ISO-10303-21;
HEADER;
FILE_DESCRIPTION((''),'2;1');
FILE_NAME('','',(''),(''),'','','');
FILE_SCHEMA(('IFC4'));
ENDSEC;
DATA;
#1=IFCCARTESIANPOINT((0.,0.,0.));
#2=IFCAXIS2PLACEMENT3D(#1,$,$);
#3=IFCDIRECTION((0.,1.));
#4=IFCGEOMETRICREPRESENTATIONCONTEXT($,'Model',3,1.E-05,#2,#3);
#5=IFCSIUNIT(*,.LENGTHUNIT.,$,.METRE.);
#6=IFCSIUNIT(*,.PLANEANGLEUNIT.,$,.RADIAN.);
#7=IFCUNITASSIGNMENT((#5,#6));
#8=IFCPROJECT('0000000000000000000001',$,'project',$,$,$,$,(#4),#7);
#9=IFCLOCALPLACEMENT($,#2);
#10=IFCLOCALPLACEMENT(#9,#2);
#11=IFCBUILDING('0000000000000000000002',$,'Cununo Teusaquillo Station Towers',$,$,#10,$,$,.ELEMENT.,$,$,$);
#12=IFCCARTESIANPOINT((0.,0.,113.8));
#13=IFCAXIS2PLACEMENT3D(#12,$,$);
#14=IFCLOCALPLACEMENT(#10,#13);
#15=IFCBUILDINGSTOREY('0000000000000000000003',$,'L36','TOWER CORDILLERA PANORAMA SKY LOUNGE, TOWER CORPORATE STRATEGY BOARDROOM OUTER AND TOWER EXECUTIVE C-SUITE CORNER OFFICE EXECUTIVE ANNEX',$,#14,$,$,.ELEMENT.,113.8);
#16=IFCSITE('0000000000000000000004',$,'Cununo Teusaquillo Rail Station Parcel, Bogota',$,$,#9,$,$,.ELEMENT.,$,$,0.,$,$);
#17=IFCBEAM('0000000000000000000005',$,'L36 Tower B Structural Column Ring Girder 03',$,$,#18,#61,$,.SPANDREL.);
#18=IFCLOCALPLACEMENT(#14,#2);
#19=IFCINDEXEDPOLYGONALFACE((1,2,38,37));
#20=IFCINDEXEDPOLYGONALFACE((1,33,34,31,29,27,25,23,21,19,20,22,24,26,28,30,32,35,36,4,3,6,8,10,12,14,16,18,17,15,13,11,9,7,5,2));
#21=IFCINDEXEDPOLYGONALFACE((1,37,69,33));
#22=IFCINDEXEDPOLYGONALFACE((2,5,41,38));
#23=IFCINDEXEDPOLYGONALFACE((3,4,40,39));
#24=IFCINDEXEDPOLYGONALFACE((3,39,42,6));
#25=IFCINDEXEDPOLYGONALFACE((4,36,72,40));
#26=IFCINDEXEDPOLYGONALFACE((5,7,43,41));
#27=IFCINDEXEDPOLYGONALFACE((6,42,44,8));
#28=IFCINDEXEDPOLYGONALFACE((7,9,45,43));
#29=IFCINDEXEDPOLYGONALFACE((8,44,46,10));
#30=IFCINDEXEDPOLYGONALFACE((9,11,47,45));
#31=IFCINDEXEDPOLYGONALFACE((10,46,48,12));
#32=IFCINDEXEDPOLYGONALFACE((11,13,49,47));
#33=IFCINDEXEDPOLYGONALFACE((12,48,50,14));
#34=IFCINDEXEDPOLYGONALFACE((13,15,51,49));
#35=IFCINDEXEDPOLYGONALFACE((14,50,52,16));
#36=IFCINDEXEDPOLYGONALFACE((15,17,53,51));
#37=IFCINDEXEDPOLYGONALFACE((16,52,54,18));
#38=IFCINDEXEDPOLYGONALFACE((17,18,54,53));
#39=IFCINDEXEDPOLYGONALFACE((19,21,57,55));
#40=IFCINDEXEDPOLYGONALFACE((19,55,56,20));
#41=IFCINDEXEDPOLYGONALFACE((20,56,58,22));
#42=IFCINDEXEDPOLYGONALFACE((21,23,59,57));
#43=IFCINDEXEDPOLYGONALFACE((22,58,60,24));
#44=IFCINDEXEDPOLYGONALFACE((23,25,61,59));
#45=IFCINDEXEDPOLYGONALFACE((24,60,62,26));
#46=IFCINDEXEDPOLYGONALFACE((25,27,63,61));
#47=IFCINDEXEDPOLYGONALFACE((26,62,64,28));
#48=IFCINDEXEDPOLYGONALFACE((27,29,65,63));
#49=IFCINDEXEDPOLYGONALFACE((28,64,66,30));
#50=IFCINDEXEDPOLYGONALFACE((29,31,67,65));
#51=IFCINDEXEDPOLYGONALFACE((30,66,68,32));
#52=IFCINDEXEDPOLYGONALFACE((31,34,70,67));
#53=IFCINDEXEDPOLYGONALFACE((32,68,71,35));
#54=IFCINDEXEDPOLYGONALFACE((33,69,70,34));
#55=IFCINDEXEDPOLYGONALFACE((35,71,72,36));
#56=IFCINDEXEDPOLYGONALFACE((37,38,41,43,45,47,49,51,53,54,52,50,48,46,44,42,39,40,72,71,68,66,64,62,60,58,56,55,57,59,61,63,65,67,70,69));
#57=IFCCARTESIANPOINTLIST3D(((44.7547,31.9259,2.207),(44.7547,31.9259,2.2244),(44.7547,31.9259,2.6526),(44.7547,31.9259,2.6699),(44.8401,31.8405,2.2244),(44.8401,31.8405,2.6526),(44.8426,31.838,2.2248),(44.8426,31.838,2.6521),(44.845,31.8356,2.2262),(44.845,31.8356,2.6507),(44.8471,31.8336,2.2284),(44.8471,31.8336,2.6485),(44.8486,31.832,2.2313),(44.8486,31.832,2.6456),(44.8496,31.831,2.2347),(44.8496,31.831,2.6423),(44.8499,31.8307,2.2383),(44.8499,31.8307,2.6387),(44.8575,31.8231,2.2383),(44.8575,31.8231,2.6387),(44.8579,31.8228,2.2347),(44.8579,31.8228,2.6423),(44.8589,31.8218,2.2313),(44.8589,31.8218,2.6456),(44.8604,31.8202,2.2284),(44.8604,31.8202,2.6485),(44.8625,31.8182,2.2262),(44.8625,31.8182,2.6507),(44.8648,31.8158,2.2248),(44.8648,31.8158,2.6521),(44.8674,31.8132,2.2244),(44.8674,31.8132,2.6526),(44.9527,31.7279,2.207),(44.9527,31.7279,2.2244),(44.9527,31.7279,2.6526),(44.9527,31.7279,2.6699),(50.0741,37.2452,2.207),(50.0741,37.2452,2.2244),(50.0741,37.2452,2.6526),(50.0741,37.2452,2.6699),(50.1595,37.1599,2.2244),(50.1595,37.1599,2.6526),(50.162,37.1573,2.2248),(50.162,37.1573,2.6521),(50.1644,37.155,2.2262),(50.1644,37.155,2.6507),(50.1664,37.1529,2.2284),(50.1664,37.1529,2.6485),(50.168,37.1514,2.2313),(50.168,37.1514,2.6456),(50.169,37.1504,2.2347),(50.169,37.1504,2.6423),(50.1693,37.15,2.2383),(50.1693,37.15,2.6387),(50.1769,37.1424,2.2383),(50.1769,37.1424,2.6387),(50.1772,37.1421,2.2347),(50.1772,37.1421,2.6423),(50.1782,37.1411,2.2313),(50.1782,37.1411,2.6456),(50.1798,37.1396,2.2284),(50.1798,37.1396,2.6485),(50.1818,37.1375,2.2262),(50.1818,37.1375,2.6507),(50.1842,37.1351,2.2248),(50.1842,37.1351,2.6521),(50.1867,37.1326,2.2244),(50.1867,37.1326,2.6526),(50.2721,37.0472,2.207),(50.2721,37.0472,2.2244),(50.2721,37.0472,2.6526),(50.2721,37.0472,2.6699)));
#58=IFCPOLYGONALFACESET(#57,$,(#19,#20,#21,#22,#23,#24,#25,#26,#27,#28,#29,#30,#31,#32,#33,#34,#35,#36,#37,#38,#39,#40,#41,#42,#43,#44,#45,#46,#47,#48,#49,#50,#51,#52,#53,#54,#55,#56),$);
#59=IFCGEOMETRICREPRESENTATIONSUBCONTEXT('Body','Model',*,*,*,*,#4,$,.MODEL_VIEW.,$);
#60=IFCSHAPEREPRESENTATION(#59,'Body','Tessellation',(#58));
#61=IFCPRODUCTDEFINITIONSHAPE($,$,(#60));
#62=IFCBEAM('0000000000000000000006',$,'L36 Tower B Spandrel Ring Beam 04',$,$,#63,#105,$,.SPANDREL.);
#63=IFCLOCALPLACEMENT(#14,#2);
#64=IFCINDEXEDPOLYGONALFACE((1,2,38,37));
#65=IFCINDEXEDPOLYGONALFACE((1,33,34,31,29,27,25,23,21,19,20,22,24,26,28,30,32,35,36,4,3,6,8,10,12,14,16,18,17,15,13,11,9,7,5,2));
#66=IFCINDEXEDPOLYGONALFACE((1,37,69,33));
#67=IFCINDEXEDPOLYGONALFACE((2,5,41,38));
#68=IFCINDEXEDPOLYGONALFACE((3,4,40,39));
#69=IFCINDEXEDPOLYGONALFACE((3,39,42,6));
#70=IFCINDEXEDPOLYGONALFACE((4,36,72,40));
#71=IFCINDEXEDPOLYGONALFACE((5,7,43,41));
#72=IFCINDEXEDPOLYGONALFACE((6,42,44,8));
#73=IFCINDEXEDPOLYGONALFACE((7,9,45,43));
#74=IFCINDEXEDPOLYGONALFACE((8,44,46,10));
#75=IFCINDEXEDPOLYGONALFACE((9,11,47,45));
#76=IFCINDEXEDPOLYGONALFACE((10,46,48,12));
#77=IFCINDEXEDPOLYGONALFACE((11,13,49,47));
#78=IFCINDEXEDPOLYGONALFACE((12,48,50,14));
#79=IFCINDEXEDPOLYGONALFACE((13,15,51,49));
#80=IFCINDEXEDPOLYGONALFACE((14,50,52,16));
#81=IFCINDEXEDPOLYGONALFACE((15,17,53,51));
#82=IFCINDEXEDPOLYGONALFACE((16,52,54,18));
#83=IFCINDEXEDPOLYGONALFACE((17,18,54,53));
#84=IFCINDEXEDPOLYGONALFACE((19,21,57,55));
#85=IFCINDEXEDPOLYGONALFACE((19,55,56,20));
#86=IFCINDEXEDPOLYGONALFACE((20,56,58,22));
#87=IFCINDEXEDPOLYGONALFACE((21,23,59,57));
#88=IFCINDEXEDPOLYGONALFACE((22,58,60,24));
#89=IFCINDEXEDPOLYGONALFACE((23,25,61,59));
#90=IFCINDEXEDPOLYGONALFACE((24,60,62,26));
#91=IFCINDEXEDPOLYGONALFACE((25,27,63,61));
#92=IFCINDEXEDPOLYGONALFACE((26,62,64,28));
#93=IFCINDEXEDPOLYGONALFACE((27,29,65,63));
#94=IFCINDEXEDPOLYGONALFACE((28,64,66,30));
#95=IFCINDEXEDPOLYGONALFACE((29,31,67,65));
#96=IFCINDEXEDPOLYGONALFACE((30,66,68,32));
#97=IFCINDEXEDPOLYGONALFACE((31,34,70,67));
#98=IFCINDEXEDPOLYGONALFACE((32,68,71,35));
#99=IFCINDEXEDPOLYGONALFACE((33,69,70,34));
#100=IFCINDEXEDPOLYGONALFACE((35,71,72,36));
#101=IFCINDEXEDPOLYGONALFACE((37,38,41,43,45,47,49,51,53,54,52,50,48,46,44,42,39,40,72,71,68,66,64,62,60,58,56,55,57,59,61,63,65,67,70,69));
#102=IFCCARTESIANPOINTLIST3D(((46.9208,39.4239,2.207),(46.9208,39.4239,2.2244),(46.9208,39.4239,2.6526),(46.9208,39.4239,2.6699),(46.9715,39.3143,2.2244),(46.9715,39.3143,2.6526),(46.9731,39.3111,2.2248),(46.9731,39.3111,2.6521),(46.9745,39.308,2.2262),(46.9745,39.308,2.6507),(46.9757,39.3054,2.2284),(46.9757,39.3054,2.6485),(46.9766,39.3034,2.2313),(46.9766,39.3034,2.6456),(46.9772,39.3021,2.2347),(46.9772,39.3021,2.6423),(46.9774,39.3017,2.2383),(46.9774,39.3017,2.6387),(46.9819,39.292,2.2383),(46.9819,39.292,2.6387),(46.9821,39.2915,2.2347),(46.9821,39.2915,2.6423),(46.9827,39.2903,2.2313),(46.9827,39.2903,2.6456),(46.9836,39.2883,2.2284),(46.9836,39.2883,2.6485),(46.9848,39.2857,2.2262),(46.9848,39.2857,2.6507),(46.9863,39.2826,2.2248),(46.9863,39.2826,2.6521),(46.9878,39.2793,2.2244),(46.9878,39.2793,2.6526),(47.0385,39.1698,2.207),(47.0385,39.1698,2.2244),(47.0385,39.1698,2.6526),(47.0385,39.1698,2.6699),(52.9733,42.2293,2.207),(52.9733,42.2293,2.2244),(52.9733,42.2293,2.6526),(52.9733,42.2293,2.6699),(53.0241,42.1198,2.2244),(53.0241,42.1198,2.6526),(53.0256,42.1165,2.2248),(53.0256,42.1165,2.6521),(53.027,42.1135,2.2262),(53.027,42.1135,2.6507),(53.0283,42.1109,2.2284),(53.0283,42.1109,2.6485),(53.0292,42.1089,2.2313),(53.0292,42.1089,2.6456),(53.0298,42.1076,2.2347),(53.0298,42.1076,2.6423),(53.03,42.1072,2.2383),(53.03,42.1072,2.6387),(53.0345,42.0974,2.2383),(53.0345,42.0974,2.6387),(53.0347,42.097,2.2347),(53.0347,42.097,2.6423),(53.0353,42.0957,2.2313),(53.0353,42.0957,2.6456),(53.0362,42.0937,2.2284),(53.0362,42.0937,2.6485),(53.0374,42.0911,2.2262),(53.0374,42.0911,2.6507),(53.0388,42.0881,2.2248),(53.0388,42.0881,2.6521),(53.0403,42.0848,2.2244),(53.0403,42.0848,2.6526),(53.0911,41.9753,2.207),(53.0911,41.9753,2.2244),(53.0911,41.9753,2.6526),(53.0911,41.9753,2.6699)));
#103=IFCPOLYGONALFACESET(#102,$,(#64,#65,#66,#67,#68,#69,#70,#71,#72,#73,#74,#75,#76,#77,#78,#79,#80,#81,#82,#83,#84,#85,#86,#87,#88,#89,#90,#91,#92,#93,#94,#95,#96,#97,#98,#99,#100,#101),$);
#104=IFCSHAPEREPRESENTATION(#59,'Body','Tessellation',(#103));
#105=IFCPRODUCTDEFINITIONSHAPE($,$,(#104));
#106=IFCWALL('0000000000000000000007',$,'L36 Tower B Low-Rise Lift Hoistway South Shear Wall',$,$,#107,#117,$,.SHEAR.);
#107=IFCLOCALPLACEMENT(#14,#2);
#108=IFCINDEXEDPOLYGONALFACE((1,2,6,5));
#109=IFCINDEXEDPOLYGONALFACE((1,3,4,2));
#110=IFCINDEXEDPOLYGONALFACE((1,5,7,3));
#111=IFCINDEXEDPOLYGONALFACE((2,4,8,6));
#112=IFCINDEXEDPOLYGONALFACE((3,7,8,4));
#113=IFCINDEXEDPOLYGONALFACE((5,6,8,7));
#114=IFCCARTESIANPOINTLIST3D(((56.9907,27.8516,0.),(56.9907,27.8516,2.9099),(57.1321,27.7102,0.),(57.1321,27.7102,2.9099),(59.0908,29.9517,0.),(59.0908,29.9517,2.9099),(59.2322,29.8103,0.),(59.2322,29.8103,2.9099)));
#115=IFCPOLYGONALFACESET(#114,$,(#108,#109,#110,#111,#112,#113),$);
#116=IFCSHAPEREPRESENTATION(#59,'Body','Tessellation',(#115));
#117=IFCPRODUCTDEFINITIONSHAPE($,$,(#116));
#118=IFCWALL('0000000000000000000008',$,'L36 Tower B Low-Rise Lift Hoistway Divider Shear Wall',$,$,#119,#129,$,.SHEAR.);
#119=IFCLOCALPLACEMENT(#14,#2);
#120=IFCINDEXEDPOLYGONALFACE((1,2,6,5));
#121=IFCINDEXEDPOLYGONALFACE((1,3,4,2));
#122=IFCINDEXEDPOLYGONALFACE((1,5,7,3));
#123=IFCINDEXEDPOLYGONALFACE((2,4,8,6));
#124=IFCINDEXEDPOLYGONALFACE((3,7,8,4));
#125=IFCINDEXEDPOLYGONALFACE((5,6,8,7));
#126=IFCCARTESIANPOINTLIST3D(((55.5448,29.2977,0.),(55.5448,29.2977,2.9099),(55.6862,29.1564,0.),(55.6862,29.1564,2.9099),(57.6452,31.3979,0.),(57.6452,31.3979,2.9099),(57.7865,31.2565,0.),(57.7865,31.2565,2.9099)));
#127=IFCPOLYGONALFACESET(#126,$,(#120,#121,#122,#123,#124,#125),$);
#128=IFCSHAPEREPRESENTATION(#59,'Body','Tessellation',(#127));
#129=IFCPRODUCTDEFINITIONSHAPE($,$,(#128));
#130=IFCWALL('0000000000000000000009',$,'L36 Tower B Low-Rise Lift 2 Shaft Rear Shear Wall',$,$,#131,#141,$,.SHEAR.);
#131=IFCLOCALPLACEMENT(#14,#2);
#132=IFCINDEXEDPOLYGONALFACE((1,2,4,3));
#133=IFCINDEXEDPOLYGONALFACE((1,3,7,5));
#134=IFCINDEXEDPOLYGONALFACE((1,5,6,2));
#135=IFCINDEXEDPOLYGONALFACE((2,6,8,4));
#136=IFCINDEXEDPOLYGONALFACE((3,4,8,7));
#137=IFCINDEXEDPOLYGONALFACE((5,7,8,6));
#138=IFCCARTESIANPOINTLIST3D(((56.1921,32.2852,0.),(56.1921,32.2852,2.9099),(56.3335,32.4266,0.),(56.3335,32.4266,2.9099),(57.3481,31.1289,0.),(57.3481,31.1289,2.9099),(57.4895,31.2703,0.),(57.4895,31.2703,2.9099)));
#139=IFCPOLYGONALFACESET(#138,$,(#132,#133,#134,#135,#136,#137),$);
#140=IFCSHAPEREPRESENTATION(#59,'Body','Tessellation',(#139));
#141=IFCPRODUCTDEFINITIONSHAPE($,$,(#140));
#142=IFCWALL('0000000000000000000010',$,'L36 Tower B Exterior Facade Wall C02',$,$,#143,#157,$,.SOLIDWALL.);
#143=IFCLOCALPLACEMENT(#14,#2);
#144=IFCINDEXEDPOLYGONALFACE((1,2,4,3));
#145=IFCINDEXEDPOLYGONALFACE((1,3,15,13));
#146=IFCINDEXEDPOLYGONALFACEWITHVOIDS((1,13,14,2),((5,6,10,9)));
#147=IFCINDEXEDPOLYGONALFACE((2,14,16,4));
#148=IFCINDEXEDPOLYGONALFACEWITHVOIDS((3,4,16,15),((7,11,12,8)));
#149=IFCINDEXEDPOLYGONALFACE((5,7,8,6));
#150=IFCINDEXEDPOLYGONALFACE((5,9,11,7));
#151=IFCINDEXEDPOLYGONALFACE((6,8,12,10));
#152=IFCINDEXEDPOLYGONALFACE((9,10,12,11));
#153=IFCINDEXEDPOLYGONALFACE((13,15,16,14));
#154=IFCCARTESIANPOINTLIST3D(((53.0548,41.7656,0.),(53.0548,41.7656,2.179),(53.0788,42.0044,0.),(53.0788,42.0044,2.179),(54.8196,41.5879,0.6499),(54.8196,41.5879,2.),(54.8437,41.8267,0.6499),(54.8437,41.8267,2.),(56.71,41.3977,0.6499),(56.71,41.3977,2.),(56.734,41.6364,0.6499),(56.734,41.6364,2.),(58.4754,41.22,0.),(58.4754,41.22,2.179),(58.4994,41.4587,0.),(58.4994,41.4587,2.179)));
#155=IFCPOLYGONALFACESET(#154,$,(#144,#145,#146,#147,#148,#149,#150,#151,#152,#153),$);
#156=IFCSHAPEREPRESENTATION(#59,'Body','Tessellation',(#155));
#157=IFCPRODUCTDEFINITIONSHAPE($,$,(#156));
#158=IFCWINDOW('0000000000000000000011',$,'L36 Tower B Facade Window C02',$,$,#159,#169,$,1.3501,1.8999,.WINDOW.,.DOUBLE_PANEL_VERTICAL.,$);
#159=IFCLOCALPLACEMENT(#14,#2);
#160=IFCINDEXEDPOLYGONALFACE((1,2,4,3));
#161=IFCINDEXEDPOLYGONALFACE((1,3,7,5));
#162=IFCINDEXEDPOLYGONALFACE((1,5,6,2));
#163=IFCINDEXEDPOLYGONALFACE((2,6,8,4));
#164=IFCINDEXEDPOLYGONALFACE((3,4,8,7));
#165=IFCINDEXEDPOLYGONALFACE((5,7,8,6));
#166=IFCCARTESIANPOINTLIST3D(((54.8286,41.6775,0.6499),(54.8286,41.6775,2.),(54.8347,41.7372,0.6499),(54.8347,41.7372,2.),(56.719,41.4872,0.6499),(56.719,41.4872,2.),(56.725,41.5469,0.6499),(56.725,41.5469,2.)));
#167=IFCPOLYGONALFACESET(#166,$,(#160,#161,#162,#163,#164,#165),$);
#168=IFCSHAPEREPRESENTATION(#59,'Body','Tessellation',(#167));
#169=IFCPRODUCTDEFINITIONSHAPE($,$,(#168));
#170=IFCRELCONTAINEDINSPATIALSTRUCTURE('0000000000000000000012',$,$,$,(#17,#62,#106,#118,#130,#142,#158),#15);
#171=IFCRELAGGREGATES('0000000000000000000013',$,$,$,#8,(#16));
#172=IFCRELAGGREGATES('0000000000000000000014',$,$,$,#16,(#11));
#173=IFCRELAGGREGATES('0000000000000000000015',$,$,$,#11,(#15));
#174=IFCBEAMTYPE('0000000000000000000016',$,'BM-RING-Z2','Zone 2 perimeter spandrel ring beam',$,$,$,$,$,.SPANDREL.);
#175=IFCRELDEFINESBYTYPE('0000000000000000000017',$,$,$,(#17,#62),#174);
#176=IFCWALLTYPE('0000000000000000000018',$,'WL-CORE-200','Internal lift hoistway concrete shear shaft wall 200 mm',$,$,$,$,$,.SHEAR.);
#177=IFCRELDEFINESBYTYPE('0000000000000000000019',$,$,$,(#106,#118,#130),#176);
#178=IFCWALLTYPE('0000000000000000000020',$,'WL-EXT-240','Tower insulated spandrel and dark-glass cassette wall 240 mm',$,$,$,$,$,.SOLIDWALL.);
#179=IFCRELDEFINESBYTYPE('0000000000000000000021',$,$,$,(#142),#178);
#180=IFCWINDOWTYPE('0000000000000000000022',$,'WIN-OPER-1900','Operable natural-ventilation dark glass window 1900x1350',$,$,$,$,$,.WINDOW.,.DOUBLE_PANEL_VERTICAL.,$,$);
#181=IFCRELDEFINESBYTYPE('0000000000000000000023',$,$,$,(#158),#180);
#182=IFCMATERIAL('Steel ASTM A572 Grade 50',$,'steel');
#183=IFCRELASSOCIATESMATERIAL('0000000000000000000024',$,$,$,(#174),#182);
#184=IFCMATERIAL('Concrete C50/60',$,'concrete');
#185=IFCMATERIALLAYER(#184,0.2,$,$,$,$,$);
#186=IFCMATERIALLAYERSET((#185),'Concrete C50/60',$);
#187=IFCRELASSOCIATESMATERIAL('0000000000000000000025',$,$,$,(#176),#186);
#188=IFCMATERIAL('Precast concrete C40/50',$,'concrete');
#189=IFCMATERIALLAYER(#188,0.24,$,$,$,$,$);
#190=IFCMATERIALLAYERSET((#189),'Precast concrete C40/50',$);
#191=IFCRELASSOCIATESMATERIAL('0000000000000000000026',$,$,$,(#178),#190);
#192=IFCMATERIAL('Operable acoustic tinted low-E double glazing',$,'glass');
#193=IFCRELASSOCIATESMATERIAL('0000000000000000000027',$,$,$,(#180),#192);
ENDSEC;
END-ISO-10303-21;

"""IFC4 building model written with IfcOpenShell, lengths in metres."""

from ifc_helpers import new_model, si_unit, direction, frame, frame_2d, origin, origin_2d, place, context, subcontext, project, spatial, rectangle, i_section, extrude, source, transform, mapped, material, layer, layer_set, material_profile, profile_set, type_object, element, fill, save


model = new_model("IFC4")

# Units and contexts
model_context = context("Model", 3, precision=1e-05, world=origin(), true_north=direction((0.0, 1.0)))
body_context = subcontext(model_context, "Body", "Model", "MODEL_VIEW")
ifc_project = project(units=[si_unit("LENGTHUNIT", "METRE"), si_unit("PLANEANGLEUNIT", "RADIAN")], contexts=[model_context])

# Site, building, storey
site_placement = place(None, origin())
site = spatial("IfcSite", under=ifc_project, at=site_placement, Name="Cununo Teusaquillo Rail Station Parcel, Bogota", CompositionType="ELEMENT", RefElevation=0.0)
building_placement = place(site_placement, origin())
building = spatial("IfcBuilding", under=site, at=building_placement, Name="Cununo Teusaquillo Station Towers", CompositionType="ELEMENT")
storey_placement = place(building_placement, frame((0.0, 0.0, 113.8)))
storey = spatial("IfcBuildingStorey", under=building, at=storey_placement, Name="L36", Description="TOWER CORDILLERA PANORAMA SKY LOUNGE, TOWER CORPORATE STRATEGY BOARDROOM OUTER AND TOWER EXECUTIVE C-SUITE CORNER OFFICE EXECUTIVE ANNEX", CompositionType="ELEMENT", Elevation=113.8)

# Beams
ifc_material_1 = material(Name="Steel ASTM A572 Grade 50", Category="steel")
ifc_material_profile_1 = material_profile(ifc_material_1, i_section(OverallWidth=0.28, OverallDepth=0.4629, WebThickness=0.0107, FlangeThickness=0.0173, FilletRadius=0.0139, at=origin_2d()), Name="W18X76")
ifc_profile_set_1 = profile_set([ifc_material_profile_1], Name="Steel ASTM A572 Grade 50")
beam_type_1 = type_object("IfcBeamType", Name="BM-RING-Z2", Description="Zone 2 perimeter spandrel ring beam", PredefinedType="SPANDREL", material=ifc_profile_set_1)
beam_1_placement = place(storey_placement, frame((50.1731, 37.1462, 2.4385), z_axis=(-0.707107, -0.707107, 0.0), x_axis=(0.707107, -0.707107, 0.0)))
element("IfcBeam", 1, at=beam_1_placement, inside=storey, type_object=beam_type_1, Name="L36 Tower B Structural Column Ring Girder 03", PredefinedType="SPANDREL", context=body_context, shape_type="SweptSolid", body=[
    extrude(i_section(OverallWidth=0.28, OverallDepth=0.4629, WebThickness=0.0107, FlangeThickness=0.0173, FilletRadius=0.0139, at=origin_2d()), origin(), (0.0, 0.0, 1.0), 7.5227),
])
beam_2_placement = place(storey_placement, frame((53.0322, 42.1023, 2.4385), z_axis=(-0.907276, -0.420536, 0.0), x_axis=(0.420536, -0.907276, 0.0)))
element("IfcBeam", 2, at=beam_2_placement, inside=storey, type_object=beam_type_1, Name="L36 Tower B Spandrel Ring Beam 04", PredefinedType="SPANDREL", context=body_context, shape_type="SweptSolid", body=[
    extrude(i_section(OverallWidth=0.28, OverallDepth=0.4629, WebThickness=0.0107, FlangeThickness=0.0173, FilletRadius=0.0139, at=origin_2d()), origin(), (0.0, 0.0, 1.0), 6.6711),
])

# Walls
ifc_material_2 = material(Name="Concrete C50/60", Category="concrete")
ifc_layer_1 = layer(ifc_material_2, 0.2)
ifc_layer_set_1 = layer_set([ifc_layer_1], Name="Concrete C50/60")
wall_type_1 = type_object("IfcWallType", Name="WL-CORE-200", Description="Internal lift hoistway concrete shear shaft wall 200 mm", PredefinedType="SHEAR", material=ifc_layer_set_1)
wall_1_placement = place(storey_placement, frame((57.0615, 27.781, 0.0), z_axis=(0.0, 0.0, 1.0), x_axis=(0.707107, 0.707107, 0.0)))
element("IfcWall", 3, at=wall_1_placement, inside=storey, type_object=wall_type_1, Name="L36 Tower B Low-Rise Lift Hoistway South Shear Wall", PredefinedType="SHEAR", context=body_context, shape_type="SweptSolid", body=[
    extrude(rectangle(XDim=2.97, YDim=0.2, at=frame_2d((1.4849, 0.0))), origin(), (0.0, 0.0, 1.0), 2.9099),
])
wall_2_placement = place(storey_placement, frame((55.6155, 29.2271, 0.0), z_axis=(0.0, 0.0, 1.0), x_axis=(0.707148, 0.707066, 0.0)))
element("IfcWall", 4, at=wall_2_placement, inside=storey, type_object=wall_type_1, Name="L36 Tower B Low-Rise Lift Hoistway Divider Shear Wall", PredefinedType="SHEAR", context=body_context, shape_type="SweptSolid", body=[
    extrude(rectangle(XDim=2.9702, YDim=0.2, at=frame_2d((1.4851, 0.0))), origin(), (0.0, 0.0, 1.0), 2.9099),
])
wall_3_placement = place(storey_placement, frame((57.4187, 31.1997, 0.0), z_axis=(0.0, 0.0, 1.0), x_axis=(-0.707032, 0.707181, 0.0)))
element("IfcWall", 5, at=wall_3_placement, inside=storey, type_object=wall_type_1, Name="L36 Tower B Low-Rise Lift 2 Shaft Rear Shear Wall", PredefinedType="SHEAR", context=body_context, shape_type="SweptSolid", body=[
    extrude(rectangle(XDim=1.635, YDim=0.2, at=frame_2d((0.8174, 0.0))), origin(), (0.0, 0.0, 1.0), 2.9099),
])

# Wall, opening, window
ifc_material_3 = material(Name="Precast concrete C40/50", Category="concrete")
ifc_layer_2 = layer(ifc_material_3, 0.24)
ifc_layer_set_2 = layer_set([ifc_layer_2], Name="Precast concrete C40/50")
wall_type_2 = type_object("IfcWallType", Name="WL-EXT-240", Description="Tower insulated spandrel and dark-glass cassette wall 240 mm", PredefinedType="SOLIDWALL", material=ifc_layer_set_2)
wall_4_placement = place(storey_placement, frame((53.0667, 41.885, 0.0), z_axis=(0.0, 0.0, 1.0), x_axis=(0.994972, -0.100156, 0.0)))
wall_4 = element("IfcWall", 6, at=wall_4_placement, inside=storey, type_object=wall_type_2, Name="L36 Tower B Exterior Facade Wall C02", PredefinedType="SOLIDWALL", context=body_context, shape_type="SweptSolid", body=[
    extrude(rectangle(XDim=5.448, YDim=0.24, at=frame_2d((2.7241, 0.0))), origin(), (0.0, 0.0, 1.0), 2.179),
])
shared_shape_1 = source(origin(), body_context, "Body", "SweptSolid", [
    extrude(rectangle(XDim=1.8999, YDim=1.3501, at=frame_2d((0.95, 0.675))), frame((0.0, 0.1299, 0.0), z_axis=(0.0, -1.0, 0.0), x_axis=(1.0, 0.0, 0.0)), (0.0, 0.0, 1.0), 0.26),
])
opening_1_placement = place(wall_4_placement, frame((1.7739, 0.0, 0.6499)))
opening_1 = element("IfcOpeningElement", 7, at=opening_1_placement, cuts=wall_4, PredefinedType="OPENING", context=body_context, shape_type="MappedRepresentation", body=[
    mapped(shared_shape_1, transform((0.0, 0.0, 0.0), x_axis=(1.0, 0.0, 0.0), y_axis=(0.0, 1.0, 0.0), z_axis=(0.0, 0.0, 1.0), scale=1.0)),
])
ifc_material_4 = material(Name="Operable acoustic tinted low-E double glazing", Category="glass")
window_type = type_object("IfcWindowType", Name="WIN-OPER-1900", Description="Operable natural-ventilation dark glass window 1900x1350", PartitioningType="DOUBLE_PANEL_VERTICAL", PredefinedType="WINDOW", material=ifc_material_4)
shared_shape_2 = source(origin(), body_context, "Body", "SweptSolid", [
    extrude(rectangle(XDim=1.8999, YDim=1.3501, at=frame_2d((0.95, 0.675))), frame((0.0, 0.03, 0.0), z_axis=(0.0, -1.0, 0.0), x_axis=(1.0, 0.0, 0.0)), (0.0, 0.0, 1.0), 0.0601),
])
window_placement = place(opening_1_placement, origin())
window = element("IfcWindow", 8, at=window_placement, inside=storey, type_object=window_type, Name="L36 Tower B Facade Window C02", OverallHeight=1.3501, OverallWidth=1.8999, PartitioningType="DOUBLE_PANEL_VERTICAL", PredefinedType="WINDOW", context=body_context, shape_type="MappedRepresentation", body=[
    mapped(shared_shape_2, transform((0.0, 0.0, 0.0), x_axis=(1.0, 0.0, 0.0), y_axis=(0.0, 1.0, 0.0), z_axis=(0.0, 0.0, 1.0), scale=1.0)),
])
fill(opening_1, window)

save(model, "model.ifc")
